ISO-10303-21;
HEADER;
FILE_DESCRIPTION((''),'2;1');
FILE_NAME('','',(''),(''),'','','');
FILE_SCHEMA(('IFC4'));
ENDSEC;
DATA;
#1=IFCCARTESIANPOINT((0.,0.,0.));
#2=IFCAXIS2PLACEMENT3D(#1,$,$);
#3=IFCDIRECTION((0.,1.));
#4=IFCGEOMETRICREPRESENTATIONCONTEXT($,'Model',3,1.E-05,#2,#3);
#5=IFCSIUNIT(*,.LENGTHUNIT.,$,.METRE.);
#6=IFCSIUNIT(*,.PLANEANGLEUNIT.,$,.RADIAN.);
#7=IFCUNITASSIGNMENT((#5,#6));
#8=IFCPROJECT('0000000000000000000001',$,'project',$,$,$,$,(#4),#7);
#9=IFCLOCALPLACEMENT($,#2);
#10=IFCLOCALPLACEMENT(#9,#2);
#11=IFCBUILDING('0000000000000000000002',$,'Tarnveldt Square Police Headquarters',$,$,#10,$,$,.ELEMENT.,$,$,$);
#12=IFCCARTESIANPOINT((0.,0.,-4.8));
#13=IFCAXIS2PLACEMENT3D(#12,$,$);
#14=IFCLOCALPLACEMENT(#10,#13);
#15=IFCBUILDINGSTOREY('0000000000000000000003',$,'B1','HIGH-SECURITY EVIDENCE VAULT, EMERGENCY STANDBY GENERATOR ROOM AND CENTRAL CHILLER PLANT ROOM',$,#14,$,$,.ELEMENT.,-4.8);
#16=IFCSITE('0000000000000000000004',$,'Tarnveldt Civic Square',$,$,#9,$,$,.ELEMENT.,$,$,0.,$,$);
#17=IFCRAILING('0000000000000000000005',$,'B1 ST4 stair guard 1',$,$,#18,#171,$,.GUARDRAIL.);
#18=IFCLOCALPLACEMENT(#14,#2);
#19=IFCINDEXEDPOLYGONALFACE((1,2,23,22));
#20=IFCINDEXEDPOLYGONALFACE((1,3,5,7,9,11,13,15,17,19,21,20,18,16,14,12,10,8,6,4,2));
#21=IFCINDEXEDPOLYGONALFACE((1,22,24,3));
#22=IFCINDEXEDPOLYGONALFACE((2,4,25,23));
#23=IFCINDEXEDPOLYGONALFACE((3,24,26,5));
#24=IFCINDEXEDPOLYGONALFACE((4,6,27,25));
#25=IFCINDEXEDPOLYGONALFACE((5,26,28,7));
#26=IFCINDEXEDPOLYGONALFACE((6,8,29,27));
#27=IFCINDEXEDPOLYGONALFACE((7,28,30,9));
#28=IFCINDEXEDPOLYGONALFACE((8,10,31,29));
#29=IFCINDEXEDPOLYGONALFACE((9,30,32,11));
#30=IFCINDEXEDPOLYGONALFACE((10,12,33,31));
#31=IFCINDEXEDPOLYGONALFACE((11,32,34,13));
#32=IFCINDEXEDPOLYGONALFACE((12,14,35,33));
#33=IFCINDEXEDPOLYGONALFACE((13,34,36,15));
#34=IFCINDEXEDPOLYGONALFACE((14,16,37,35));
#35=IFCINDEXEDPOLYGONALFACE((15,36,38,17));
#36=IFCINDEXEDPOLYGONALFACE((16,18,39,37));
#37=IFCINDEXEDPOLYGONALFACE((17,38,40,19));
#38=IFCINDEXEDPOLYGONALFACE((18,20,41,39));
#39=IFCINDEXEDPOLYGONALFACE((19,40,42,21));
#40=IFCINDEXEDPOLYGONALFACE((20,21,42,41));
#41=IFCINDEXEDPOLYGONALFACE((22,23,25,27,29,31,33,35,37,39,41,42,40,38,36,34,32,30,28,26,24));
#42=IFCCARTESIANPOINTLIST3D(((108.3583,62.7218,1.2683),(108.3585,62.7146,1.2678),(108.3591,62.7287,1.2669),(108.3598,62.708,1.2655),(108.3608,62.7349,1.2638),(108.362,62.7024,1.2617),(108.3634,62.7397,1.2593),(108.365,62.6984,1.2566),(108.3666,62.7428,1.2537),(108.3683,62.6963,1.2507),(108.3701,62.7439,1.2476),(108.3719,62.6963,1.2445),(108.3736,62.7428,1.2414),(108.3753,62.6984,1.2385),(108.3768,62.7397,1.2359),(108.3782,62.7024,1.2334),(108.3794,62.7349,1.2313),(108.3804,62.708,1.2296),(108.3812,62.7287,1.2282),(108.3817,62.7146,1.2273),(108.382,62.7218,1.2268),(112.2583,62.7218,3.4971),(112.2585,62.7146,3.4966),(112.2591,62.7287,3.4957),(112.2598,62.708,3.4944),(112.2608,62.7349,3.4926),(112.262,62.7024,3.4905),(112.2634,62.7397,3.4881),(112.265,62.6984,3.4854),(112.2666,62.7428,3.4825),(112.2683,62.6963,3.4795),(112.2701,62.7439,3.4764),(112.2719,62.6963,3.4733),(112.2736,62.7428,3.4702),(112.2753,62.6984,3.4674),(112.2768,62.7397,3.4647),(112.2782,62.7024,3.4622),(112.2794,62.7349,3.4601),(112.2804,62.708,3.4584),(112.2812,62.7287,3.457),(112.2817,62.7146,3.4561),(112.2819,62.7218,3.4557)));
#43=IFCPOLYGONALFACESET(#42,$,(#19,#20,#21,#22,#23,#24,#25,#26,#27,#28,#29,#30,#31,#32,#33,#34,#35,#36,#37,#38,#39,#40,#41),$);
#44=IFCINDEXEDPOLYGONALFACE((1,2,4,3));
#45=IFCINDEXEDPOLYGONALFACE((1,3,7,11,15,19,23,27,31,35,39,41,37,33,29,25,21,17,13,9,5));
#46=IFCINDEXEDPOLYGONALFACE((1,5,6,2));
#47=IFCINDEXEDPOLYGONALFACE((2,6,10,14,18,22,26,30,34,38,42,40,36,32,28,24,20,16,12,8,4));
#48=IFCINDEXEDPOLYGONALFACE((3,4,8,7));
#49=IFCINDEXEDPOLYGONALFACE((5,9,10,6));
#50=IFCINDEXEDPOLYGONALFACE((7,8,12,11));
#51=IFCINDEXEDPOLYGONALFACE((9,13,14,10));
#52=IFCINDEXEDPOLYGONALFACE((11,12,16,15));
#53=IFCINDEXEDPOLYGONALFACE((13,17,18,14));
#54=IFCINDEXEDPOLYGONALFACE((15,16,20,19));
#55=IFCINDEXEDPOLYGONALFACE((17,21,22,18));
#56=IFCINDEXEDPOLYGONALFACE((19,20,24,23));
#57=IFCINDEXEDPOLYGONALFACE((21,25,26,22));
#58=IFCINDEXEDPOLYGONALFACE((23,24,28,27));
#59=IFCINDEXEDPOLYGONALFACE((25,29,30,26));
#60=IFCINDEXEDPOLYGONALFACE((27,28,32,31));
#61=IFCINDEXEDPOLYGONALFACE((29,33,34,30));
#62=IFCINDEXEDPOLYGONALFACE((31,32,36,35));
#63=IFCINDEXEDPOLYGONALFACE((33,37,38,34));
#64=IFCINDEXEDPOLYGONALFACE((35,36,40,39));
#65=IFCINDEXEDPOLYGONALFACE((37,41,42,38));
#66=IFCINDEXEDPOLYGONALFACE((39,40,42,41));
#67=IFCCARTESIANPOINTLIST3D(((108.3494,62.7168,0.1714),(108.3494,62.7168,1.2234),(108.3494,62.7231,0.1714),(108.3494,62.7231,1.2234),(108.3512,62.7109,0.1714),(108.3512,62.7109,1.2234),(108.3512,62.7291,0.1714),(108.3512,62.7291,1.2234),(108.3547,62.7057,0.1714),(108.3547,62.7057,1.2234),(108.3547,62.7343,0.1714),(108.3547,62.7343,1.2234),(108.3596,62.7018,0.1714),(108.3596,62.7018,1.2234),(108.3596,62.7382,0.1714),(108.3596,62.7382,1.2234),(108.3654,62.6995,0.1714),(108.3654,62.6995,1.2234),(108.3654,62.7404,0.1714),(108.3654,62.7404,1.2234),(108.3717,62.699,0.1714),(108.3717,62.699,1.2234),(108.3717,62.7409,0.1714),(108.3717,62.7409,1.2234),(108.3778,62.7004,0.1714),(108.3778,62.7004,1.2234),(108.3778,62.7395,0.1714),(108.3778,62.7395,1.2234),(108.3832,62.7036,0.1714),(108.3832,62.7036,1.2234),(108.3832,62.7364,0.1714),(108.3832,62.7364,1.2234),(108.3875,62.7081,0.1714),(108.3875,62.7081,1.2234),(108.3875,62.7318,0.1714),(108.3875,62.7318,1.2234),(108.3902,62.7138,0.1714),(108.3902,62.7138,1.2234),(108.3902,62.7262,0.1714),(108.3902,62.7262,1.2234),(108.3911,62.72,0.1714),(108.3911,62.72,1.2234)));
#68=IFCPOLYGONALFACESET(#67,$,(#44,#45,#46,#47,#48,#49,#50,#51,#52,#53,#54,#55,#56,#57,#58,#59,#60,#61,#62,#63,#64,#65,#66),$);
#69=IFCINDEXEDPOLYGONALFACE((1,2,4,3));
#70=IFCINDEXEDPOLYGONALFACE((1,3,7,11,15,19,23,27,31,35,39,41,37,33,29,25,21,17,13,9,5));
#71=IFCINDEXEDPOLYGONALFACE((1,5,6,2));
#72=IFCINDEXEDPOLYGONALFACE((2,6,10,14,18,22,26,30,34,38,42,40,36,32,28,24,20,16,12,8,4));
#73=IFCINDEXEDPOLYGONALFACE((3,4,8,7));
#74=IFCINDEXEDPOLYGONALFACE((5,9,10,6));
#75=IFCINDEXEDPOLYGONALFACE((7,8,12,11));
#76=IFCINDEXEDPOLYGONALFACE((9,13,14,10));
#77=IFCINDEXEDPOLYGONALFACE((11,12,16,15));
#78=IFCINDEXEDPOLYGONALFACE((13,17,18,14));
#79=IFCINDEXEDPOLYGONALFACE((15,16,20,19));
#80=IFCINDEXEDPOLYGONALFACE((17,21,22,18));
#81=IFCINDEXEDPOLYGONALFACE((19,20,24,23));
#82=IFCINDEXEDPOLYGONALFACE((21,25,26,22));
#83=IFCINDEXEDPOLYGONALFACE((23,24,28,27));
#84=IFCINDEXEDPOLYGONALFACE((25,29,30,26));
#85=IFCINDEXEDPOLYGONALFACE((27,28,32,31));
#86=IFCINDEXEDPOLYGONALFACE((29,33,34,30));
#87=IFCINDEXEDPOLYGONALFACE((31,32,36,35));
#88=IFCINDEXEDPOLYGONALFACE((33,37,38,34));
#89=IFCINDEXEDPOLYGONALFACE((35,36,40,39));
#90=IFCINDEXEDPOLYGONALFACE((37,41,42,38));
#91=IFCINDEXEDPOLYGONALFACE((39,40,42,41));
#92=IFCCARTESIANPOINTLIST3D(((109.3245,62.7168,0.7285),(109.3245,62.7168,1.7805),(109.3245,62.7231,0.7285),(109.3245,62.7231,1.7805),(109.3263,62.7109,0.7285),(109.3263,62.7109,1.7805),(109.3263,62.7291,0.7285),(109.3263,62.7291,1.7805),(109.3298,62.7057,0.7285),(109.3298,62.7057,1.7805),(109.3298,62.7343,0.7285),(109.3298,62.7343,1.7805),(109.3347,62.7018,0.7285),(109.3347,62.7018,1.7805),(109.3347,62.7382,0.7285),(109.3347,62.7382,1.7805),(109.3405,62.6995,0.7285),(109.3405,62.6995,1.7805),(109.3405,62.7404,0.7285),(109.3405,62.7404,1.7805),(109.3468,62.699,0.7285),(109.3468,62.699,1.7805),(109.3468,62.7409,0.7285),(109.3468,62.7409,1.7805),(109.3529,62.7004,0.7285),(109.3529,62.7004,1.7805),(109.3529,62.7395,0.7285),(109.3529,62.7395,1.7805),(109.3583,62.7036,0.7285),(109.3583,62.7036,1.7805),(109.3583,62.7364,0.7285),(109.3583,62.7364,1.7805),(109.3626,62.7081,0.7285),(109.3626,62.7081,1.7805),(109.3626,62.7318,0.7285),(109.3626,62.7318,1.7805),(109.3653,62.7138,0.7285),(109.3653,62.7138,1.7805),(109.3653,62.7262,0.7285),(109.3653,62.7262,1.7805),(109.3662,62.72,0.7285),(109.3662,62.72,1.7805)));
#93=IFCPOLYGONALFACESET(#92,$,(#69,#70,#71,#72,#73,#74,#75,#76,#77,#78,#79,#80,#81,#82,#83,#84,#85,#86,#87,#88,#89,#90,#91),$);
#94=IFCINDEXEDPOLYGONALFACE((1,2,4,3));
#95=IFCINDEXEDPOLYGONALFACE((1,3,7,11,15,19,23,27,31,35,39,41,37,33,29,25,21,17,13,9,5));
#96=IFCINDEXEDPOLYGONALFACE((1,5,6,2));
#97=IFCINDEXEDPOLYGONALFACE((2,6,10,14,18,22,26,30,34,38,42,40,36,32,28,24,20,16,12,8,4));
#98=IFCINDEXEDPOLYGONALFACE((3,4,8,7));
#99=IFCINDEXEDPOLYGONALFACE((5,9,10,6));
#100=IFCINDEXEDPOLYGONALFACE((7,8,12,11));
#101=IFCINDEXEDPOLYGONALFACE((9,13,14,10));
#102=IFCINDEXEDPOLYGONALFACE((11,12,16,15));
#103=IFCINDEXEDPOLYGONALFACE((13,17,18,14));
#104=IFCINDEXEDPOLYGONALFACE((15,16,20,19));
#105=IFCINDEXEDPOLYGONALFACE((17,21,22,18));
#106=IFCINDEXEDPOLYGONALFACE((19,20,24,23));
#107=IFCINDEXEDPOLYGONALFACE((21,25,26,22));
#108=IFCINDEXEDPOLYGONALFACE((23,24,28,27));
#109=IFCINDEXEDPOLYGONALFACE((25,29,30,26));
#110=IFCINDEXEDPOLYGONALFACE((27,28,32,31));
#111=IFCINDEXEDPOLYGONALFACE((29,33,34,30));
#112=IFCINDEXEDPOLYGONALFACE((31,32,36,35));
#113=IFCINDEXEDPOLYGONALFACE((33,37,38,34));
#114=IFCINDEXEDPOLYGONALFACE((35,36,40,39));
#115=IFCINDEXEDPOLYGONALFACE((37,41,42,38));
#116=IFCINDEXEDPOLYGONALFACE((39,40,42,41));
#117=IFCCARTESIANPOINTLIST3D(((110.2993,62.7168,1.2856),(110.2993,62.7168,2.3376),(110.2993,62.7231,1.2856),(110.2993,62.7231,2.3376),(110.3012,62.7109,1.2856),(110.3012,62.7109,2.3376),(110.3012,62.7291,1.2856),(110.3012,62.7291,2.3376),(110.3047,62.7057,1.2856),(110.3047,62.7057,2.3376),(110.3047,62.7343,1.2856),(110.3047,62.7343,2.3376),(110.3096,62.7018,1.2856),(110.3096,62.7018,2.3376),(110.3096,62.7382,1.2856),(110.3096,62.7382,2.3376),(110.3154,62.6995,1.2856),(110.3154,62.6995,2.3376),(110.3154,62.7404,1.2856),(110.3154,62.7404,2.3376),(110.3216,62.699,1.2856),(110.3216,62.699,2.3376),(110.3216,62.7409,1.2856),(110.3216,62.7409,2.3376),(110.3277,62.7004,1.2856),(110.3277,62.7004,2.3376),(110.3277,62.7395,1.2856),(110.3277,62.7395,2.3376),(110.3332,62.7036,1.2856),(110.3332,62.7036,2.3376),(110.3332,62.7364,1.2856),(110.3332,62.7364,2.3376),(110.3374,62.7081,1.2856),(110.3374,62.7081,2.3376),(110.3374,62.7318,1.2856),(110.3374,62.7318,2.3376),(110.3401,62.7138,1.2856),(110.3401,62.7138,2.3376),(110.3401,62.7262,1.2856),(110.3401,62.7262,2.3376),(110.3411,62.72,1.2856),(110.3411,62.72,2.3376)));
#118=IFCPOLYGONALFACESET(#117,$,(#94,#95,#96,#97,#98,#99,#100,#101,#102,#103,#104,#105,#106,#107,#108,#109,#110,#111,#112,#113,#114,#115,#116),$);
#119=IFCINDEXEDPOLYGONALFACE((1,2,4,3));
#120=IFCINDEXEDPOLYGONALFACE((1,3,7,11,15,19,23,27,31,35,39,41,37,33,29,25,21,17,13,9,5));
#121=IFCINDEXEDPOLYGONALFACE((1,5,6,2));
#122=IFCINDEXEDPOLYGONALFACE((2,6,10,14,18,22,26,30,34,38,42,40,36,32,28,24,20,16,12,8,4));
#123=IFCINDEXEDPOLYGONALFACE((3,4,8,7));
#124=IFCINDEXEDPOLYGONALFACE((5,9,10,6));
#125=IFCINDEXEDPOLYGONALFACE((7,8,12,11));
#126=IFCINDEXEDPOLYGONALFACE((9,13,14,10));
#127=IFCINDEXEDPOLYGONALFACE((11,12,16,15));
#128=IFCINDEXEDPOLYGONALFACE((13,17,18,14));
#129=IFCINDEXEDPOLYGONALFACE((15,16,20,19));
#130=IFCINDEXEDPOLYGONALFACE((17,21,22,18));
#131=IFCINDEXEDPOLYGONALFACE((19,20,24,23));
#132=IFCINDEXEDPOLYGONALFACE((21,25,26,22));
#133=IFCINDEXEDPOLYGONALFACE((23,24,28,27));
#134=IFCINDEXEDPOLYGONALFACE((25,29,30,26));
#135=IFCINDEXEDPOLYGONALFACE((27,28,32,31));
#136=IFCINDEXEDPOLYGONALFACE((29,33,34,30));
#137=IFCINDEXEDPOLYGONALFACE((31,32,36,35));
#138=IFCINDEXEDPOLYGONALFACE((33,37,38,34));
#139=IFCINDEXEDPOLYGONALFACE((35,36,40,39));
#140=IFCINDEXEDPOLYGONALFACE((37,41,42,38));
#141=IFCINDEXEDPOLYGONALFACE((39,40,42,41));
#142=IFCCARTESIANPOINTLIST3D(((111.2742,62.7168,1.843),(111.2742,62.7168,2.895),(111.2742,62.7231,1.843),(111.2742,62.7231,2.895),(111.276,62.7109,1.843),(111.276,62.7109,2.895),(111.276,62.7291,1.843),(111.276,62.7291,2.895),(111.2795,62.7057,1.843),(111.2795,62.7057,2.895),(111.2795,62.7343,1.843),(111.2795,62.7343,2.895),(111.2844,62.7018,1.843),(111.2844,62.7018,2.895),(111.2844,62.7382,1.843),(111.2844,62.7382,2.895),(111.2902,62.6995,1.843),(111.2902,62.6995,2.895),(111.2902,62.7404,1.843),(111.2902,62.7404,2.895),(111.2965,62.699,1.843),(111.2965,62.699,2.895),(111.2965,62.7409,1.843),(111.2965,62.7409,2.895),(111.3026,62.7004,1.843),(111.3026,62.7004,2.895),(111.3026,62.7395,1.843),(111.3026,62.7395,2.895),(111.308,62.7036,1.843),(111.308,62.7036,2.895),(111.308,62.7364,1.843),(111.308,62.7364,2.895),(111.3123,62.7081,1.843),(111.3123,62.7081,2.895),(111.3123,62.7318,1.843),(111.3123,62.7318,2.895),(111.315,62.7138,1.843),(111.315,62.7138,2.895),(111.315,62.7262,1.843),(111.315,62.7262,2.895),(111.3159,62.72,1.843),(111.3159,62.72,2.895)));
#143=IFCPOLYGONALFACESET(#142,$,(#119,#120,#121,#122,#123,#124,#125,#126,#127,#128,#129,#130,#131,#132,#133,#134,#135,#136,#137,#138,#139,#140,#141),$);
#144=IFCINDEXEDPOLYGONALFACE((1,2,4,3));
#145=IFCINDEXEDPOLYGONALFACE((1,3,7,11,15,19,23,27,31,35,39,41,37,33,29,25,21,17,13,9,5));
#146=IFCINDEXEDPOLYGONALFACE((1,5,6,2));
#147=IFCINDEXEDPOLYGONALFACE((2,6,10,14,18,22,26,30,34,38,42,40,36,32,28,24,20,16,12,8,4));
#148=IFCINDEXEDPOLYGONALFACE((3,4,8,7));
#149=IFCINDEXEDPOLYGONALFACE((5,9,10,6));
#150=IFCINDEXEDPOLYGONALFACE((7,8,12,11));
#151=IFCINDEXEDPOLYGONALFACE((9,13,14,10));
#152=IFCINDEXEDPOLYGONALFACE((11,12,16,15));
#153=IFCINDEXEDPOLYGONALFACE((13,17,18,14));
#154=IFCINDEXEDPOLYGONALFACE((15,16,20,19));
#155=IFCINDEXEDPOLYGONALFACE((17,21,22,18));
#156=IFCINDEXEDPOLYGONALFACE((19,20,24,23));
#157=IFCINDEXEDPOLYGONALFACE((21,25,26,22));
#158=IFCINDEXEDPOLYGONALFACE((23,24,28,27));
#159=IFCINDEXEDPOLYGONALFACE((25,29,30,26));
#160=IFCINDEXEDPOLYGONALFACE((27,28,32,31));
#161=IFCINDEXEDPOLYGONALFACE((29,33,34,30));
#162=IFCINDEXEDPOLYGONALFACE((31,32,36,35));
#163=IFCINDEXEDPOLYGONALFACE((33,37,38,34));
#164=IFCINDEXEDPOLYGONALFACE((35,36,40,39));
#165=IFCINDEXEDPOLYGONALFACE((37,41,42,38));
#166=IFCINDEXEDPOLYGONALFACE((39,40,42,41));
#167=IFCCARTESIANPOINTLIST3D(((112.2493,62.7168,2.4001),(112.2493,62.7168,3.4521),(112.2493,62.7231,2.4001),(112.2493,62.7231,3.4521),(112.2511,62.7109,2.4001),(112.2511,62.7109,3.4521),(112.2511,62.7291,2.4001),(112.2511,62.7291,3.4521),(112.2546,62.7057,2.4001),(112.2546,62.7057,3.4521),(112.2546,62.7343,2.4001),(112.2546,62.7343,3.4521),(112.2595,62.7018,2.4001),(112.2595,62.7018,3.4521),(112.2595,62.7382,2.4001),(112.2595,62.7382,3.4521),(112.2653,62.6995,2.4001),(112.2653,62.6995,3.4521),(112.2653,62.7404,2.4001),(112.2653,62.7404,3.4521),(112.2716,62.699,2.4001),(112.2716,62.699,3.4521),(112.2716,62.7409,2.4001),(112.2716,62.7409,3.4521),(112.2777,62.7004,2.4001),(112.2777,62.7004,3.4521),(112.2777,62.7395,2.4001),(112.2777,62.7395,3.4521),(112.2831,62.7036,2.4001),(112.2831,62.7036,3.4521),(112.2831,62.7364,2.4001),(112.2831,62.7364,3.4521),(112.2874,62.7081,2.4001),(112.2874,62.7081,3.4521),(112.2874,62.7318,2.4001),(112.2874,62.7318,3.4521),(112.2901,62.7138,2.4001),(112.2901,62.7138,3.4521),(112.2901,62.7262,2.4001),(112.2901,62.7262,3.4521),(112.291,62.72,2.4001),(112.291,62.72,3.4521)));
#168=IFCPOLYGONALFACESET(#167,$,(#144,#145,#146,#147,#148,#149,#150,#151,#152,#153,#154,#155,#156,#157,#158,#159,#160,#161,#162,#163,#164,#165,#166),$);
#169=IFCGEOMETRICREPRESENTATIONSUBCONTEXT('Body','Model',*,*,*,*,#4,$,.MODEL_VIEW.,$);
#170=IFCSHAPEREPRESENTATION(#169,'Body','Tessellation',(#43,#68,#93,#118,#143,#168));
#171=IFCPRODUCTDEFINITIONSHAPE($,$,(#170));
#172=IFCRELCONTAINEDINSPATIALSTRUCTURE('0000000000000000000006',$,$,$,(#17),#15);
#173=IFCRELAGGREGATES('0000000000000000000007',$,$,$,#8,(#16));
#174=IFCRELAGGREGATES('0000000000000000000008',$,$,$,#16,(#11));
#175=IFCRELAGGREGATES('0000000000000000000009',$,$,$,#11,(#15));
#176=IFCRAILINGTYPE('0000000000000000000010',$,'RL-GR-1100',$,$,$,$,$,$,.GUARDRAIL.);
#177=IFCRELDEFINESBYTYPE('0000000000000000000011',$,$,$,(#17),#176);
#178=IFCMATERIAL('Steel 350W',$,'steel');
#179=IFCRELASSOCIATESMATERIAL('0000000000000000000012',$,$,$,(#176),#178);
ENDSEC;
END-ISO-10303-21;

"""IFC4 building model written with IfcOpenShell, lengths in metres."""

from ifc_helpers import new_model, si_unit, direction, frame, origin, origin_2d, place, context, subcontext, project, spatial, circle, extrude, material, type_object, element, save


model = new_model("IFC4")

# Units and contexts
model_context = context("Model", 3, precision=1e-05, world=origin(), true_north=direction((0.0, 1.0)))
body_context = subcontext(model_context, "Body", "Model", "MODEL_VIEW")
ifc_project = project(units=[si_unit("LENGTHUNIT", "METRE"), si_unit("PLANEANGLEUNIT", "RADIAN")], contexts=[model_context])

# Site, building, storey
site_placement = place(None, origin())
site = spatial("IfcSite", under=ifc_project, at=site_placement, Name="Tarnveldt Civic Square", CompositionType="ELEMENT", RefElevation=0.0)
building_placement = place(site_placement, origin())
building = spatial("IfcBuilding", under=site, at=building_placement, Name="Tarnveldt Square Police Headquarters", CompositionType="ELEMENT")
storey_placement = place(building_placement, frame((0.0, 0.0, -4.8)))
storey = spatial("IfcBuildingStorey", under=building, at=storey_placement, Name="B1", Description="HIGH-SECURITY EVIDENCE VAULT, EMERGENCY STANDBY GENERATOR ROOM AND CENTRAL CHILLER PLANT ROOM", CompositionType="ELEMENT", Elevation=-4.8)

# Railing
ifc_material_1 = material(Name="Steel 350W", Category="steel")
railing_type = type_object("IfcRailingType", Name="RL-GR-1100", PredefinedType="GUARDRAIL", material=ifc_material_1)
railing_1_placement = place(storey_placement, frame((108.3701, 62.72, 0.1714)))
element("IfcRailing", 1, at=railing_1_placement, inside=storey, type_object=railing_type, Name="B1 ST4 stair guard 1", PredefinedType="GUARDRAIL", context=body_context, shape_type="SweptSolid", body=[
    extrude(circle(Radius=0.0239, at=origin_2d()), frame((0.0, 0.0, 1.0762), z_axis=(0.86822, 0.0, 0.49618), x_axis=(0.0, 1.0, 0.0)), (0.0, 0.0, 1.0), 4.4919),
    extrude(circle(Radius=0.021, at=origin_2d()), origin(), (0.0, 0.0, 1.0), 1.052),
    extrude(circle(Radius=0.021, at=origin_2d()), frame((0.9751, 0.0, 0.5571)), (0.0, 0.0, 1.0), 1.052),
    extrude(circle(Radius=0.021, at=origin_2d()), frame((1.95, 0.0, 1.1143)), (0.0, 0.0, 1.0), 1.052),
    extrude(circle(Radius=0.021, at=origin_2d()), frame((2.9248, 0.0, 1.6716)), (0.0, 0.0, 1.0), 1.052),
    extrude(circle(Radius=0.021, at=origin_2d()), frame((3.8999, 0.0, 2.2288)), (0.0, 0.0, 1.0), 1.052),
])

save(model, "model.ifc")
